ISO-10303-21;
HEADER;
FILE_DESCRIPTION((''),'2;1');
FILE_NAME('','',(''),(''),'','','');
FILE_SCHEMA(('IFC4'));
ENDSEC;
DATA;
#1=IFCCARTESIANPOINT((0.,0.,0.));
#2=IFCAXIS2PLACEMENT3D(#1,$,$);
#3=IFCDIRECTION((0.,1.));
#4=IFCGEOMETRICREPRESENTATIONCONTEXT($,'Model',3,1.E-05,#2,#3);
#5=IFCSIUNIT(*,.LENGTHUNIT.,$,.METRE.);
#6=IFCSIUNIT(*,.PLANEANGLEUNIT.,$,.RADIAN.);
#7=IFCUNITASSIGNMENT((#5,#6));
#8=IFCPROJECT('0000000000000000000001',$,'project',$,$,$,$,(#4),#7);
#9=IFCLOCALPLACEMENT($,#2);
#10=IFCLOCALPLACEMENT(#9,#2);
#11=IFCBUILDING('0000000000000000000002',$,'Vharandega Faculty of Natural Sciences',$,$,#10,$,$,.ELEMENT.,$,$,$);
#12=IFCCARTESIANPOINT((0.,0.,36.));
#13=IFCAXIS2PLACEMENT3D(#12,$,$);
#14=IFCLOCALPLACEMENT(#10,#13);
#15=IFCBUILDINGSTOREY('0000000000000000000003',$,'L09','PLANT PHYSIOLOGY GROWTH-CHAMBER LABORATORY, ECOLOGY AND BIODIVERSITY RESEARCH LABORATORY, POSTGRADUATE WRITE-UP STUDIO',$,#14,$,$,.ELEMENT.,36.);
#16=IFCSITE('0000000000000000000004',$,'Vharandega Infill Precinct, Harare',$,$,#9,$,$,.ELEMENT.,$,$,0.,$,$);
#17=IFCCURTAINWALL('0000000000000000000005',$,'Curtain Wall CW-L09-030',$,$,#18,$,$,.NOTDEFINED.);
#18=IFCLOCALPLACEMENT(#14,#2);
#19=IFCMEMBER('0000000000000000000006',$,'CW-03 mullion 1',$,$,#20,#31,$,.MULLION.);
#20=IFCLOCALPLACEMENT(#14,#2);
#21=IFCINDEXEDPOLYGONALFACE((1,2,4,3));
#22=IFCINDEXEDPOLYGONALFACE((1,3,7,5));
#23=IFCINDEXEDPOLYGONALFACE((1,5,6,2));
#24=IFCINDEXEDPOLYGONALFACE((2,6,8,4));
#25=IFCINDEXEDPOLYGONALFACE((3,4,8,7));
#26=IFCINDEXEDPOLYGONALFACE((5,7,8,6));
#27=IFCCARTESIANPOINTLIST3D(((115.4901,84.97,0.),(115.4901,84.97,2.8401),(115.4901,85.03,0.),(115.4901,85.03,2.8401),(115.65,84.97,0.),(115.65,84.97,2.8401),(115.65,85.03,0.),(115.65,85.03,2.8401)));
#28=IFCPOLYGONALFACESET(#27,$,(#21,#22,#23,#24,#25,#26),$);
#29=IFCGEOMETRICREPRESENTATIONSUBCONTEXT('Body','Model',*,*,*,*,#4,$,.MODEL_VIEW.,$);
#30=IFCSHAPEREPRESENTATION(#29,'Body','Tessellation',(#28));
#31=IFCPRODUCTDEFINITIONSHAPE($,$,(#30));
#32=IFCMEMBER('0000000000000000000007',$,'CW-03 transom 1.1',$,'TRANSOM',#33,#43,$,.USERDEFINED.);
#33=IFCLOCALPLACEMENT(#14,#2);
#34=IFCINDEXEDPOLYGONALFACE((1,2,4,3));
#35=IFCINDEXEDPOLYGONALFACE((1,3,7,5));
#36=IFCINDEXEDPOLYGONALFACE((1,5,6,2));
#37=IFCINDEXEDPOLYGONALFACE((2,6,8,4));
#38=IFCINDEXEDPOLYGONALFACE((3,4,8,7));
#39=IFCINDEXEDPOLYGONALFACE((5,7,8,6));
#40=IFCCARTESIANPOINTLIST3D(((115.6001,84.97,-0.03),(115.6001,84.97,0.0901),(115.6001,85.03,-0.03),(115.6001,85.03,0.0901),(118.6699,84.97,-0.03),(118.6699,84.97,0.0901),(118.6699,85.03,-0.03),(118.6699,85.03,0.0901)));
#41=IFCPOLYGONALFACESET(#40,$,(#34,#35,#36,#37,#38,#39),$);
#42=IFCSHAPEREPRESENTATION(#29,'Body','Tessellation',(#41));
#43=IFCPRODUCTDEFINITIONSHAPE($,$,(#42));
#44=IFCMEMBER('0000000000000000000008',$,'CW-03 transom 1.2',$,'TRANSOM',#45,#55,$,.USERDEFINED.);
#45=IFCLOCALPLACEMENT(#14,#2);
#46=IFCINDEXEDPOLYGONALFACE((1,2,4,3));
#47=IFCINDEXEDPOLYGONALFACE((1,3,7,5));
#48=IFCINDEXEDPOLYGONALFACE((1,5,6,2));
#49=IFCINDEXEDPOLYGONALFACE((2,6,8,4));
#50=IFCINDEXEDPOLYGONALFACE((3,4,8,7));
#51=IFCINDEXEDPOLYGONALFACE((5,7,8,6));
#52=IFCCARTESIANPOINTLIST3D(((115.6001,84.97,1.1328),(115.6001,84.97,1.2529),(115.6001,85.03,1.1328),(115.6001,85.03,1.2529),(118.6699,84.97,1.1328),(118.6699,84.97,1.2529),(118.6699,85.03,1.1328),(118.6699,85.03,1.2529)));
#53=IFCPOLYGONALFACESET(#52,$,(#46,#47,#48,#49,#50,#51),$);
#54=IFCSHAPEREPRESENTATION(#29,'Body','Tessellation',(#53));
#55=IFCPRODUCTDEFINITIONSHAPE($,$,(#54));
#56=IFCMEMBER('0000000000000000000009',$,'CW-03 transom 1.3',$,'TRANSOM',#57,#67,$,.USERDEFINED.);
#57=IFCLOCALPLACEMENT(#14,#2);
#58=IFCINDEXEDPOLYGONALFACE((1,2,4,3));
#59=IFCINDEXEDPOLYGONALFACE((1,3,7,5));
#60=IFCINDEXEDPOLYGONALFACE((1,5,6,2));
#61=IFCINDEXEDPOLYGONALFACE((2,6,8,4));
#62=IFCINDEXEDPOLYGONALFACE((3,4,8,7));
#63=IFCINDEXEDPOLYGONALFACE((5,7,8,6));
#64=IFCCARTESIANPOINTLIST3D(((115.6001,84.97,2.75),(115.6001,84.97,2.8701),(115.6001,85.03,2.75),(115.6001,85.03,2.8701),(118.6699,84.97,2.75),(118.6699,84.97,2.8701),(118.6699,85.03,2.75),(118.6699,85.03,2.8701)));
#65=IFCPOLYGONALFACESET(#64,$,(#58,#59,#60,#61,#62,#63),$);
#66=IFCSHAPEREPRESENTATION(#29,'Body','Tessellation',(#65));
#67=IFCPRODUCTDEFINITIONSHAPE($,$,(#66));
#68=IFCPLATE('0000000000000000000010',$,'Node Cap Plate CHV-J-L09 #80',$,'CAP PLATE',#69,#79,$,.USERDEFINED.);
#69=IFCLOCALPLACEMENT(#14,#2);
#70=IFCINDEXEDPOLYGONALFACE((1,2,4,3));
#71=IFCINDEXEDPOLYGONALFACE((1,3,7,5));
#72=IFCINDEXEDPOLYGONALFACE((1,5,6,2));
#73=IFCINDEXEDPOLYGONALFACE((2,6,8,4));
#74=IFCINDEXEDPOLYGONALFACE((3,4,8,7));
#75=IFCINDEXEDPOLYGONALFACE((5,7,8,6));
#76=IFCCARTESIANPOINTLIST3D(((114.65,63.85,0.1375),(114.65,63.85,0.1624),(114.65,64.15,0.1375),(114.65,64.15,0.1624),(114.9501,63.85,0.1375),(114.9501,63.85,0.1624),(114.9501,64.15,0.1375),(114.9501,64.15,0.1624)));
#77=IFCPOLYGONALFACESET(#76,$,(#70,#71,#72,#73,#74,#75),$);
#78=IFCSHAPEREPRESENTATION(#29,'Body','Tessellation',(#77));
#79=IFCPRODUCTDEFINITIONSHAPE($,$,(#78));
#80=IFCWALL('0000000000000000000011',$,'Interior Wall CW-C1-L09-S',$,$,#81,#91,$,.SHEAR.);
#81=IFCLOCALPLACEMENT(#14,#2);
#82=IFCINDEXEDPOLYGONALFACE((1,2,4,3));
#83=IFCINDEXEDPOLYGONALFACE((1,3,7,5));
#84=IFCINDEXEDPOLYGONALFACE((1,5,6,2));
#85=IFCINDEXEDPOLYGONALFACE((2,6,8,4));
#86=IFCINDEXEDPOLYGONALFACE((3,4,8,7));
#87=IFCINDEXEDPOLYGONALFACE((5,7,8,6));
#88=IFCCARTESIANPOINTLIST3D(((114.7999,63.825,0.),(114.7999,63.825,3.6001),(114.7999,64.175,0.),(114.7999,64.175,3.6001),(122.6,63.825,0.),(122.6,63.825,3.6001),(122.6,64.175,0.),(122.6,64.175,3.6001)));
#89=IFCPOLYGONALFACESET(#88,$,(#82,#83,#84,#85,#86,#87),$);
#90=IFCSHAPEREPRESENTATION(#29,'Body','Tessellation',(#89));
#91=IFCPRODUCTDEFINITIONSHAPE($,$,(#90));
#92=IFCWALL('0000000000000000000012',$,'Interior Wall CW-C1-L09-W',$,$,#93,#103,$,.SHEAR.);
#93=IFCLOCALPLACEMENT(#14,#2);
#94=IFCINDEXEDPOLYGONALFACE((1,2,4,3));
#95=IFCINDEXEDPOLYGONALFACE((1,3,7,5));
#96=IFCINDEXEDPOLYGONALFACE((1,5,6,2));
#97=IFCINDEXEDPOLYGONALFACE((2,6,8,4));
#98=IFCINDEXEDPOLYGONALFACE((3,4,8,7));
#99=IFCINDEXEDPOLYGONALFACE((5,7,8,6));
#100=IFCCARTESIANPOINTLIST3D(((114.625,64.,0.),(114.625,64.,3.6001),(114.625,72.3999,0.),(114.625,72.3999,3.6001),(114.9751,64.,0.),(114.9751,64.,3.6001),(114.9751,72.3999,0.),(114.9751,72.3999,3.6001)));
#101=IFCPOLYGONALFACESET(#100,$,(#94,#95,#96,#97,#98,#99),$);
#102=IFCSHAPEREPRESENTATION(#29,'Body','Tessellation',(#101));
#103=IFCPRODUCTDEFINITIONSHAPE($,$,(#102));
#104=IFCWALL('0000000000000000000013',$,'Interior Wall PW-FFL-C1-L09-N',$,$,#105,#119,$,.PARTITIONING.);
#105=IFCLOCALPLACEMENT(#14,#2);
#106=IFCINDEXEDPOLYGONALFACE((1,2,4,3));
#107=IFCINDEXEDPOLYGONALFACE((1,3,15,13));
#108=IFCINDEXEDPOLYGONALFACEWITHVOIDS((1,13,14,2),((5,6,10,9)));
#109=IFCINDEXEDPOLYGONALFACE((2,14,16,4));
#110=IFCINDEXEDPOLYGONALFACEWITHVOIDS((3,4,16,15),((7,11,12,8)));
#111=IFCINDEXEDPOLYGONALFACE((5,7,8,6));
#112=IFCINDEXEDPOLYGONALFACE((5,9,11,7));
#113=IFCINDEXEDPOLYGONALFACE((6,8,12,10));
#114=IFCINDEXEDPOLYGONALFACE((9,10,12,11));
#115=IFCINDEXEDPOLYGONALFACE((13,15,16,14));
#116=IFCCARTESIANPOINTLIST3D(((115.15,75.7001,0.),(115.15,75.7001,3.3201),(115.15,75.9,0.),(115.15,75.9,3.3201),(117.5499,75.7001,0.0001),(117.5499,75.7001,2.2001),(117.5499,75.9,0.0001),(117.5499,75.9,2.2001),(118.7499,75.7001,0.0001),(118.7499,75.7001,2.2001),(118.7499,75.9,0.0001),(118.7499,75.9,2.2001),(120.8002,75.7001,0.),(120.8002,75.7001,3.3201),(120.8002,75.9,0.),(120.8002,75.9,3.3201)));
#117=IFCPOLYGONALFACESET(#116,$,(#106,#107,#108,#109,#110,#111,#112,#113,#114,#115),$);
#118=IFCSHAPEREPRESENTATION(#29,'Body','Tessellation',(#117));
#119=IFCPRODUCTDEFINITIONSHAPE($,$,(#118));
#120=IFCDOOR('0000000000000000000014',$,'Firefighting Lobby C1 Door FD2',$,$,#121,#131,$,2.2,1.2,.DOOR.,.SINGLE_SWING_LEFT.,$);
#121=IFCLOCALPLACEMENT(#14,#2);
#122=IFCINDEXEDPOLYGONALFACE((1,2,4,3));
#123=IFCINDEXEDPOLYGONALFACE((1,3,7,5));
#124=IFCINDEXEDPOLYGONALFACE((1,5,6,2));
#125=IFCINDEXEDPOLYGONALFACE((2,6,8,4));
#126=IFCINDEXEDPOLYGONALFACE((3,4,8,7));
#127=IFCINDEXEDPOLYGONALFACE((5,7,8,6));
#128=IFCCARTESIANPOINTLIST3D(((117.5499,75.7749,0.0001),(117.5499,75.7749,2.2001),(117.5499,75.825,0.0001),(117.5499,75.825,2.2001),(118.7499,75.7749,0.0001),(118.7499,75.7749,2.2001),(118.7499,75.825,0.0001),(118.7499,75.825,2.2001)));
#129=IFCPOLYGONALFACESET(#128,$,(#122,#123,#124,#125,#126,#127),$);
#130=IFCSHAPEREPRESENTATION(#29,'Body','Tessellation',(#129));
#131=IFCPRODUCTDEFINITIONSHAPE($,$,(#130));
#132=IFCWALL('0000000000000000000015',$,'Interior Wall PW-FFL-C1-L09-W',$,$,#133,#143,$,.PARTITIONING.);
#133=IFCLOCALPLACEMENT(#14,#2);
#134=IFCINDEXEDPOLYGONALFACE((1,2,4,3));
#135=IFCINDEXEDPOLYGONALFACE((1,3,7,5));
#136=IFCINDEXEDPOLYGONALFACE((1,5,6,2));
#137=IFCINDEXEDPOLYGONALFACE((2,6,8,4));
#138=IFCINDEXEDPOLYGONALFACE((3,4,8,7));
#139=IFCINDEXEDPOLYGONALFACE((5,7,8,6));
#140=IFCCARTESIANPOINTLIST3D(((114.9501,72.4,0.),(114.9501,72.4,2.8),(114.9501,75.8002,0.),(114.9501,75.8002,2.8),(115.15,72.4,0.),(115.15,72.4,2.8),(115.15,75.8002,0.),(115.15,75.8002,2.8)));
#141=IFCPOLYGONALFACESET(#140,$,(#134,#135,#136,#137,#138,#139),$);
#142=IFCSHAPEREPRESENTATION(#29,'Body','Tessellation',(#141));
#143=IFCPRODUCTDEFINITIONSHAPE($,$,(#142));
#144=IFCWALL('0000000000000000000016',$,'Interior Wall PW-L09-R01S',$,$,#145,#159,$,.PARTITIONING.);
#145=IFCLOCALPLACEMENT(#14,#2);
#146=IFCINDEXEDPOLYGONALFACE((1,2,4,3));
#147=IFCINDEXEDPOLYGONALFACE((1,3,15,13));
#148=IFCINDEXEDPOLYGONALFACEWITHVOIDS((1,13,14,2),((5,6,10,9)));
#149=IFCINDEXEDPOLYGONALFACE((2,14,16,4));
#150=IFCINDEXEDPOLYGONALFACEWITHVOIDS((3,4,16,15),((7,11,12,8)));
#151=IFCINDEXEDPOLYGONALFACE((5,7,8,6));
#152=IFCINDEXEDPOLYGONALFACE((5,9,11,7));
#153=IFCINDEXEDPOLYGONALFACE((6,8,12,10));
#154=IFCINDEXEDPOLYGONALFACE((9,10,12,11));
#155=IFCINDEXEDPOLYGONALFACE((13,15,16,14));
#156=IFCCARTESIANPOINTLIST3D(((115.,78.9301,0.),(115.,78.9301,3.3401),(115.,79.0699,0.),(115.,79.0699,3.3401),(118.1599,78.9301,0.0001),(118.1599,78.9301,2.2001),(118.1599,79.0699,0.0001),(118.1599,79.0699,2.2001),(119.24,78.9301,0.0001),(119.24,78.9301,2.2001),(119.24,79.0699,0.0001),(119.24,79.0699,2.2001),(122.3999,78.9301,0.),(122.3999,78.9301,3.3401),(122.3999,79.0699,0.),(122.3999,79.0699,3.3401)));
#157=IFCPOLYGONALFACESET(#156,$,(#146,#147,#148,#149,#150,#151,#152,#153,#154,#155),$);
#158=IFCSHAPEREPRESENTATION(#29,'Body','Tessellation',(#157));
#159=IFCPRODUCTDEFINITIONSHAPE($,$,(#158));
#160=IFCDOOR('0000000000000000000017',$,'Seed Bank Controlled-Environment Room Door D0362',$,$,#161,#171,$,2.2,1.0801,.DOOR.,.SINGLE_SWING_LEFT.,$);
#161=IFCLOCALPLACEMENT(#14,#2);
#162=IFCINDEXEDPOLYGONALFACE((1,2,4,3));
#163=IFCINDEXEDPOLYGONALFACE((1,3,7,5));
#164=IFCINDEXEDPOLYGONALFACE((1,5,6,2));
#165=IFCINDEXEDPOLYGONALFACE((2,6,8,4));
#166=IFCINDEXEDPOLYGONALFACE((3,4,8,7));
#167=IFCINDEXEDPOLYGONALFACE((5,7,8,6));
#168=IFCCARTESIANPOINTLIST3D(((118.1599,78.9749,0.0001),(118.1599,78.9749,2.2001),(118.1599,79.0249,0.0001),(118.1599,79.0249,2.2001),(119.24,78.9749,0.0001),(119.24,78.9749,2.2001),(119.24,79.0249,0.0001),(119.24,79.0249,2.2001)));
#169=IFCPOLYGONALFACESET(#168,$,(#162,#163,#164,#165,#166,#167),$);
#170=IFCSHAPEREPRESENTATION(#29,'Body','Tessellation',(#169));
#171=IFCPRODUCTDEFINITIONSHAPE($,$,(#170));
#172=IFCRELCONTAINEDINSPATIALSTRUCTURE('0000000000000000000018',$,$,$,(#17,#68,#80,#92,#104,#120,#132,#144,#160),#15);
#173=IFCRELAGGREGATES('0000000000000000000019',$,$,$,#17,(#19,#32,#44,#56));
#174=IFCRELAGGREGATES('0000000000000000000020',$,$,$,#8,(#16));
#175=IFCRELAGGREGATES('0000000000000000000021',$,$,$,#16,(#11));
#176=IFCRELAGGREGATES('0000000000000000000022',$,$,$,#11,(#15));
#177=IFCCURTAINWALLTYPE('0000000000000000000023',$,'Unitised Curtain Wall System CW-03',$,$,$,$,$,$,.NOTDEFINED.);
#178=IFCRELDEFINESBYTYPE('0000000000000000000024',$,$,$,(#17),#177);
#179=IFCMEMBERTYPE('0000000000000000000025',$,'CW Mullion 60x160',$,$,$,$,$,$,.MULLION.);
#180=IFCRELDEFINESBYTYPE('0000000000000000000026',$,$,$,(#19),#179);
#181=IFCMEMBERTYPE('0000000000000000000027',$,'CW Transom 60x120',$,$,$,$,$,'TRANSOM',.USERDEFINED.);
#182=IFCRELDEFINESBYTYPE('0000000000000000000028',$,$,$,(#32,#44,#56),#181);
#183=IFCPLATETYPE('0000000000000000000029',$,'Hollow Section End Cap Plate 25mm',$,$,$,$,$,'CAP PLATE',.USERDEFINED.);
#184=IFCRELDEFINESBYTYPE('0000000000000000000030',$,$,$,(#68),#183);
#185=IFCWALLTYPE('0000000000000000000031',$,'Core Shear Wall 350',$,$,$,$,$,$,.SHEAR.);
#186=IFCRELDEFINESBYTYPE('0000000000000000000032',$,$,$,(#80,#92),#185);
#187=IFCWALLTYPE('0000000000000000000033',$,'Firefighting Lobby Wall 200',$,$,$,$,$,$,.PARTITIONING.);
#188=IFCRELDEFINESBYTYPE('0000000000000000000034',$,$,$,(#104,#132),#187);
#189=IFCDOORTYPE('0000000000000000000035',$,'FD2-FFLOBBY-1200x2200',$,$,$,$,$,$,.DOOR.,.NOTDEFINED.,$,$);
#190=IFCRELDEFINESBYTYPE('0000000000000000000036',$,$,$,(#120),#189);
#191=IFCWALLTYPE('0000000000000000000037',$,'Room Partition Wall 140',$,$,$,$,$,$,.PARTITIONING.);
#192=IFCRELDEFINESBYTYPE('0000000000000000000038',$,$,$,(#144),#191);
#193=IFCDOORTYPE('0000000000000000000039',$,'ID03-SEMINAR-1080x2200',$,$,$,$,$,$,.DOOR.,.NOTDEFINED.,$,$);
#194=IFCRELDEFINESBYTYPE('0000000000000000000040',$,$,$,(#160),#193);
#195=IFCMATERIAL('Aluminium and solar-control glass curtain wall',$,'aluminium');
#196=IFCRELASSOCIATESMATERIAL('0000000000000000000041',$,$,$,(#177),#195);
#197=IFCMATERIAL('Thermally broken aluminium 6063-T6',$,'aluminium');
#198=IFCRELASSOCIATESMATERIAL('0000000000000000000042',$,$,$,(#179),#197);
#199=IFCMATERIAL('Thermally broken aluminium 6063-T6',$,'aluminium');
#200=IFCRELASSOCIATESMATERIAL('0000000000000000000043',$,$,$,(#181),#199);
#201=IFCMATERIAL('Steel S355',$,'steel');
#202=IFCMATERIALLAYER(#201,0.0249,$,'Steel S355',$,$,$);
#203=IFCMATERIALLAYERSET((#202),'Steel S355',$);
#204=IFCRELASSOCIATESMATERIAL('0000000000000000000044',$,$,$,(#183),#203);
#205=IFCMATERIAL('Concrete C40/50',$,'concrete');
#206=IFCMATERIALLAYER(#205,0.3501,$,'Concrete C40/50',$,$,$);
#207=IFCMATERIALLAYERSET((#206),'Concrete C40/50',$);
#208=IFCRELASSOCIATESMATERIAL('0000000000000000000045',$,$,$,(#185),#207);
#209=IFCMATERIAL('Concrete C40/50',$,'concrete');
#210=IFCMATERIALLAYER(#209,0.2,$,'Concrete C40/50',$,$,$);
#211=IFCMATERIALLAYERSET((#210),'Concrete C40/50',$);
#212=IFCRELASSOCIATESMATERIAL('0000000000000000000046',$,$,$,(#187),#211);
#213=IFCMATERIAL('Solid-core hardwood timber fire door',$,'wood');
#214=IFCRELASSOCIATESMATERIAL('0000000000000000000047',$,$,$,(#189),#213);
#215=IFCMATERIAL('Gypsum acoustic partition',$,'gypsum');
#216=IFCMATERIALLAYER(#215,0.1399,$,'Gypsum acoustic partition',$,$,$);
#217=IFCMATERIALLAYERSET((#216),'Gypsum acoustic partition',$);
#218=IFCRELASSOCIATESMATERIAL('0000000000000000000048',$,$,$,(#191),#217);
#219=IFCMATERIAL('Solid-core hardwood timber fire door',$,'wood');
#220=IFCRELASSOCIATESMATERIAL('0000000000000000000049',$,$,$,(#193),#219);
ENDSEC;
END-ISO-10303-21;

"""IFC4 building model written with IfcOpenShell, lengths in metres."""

from ifc_helpers import new_model, si_unit, direction, frame, frame_2d, origin, origin_2d, place, context, subcontext, project, spatial, rectangle, extrude, material, layer, layer_set, material_profile, profile_set, type_object, element, fill, aggregate, save


model = new_model("IFC4")

# Units and contexts
model_context = context("Model", 3, precision=1e-05, world=origin(), true_north=direction((0.0, 1.0)))
body_context = subcontext(model_context, "Body", "Model", "MODEL_VIEW")
ifc_project = project(units=[si_unit("LENGTHUNIT", "METRE"), si_unit("PLANEANGLEUNIT", "RADIAN")], contexts=[model_context])

# Site, building, storey
site_placement = place(None, origin())
site = spatial("IfcSite", under=ifc_project, at=site_placement, Name="Vharandega Infill Precinct, Harare", CompositionType="ELEMENT", RefElevation=0.0)
building_placement = place(site_placement, origin())
building = spatial("IfcBuilding", under=site, at=building_placement, Name="Vharandega Faculty of Natural Sciences", CompositionType="ELEMENT")
storey_placement = place(building_placement, frame((0.0, 0.0, 36.0)))
storey = spatial("IfcBuildingStorey", under=building, at=storey_placement, Name="L09", Description="PLANT PHYSIOLOGY GROWTH-CHAMBER LABORATORY, ECOLOGY AND BIODIVERSITY RESEARCH LABORATORY, POSTGRADUATE WRITE-UP STUDIO", CompositionType="ELEMENT", Elevation=36.0)

# Curtain wall, members
ifc_material_1 = material(Name="Aluminium and solar-control glass curtain wall", Category="aluminium")
curtain_wall_type = type_object("IfcCurtainWallType", Name="Unitised Curtain Wall System CW-03", PredefinedType="NOTDEFINED", material=ifc_material_1)
curtain_wall_placement = place(storey_placement, origin())
curtain_wall = element("IfcCurtainWall", 1, at=curtain_wall_placement, inside=storey, type_object=curtain_wall_type, Name="Curtain Wall CW-L09-030", PredefinedType="NOTDEFINED")
ifc_material_2 = material(Name="Thermally broken aluminium 6063-T6", Category="aluminium")
ifc_material_profile_1 = material_profile(ifc_material_2, rectangle(XDim=0.0601, YDim=0.1599, at=origin_2d()), Name="ALU 60x160")
ifc_profile_set_1 = profile_set([ifc_material_profile_1], Name="Thermally broken aluminium 6063-T6")
member_type_1 = type_object("IfcMemberType", Name="CW Mullion 60x160", PredefinedType="MULLION", material=ifc_profile_set_1)
member_1_placement = place(storey_placement, frame((115.5701, 85.0, 0.0), z_axis=(0.0, 0.0, 1.0), x_axis=(0.0, 1.0, 0.0)))
member_1 = element("IfcMember", 2, at=member_1_placement, type_object=member_type_1, Name="CW-03 mullion 1", PredefinedType="MULLION", context=body_context, shape_type="SweptSolid", body=[
    extrude(rectangle(XDim=0.0601, YDim=0.1599, at=origin_2d()), origin(), (0.0, 0.0, 1.0), 2.8401),
])
ifc_material_3 = material(Name="Thermally broken aluminium 6063-T6", Category="aluminium")
ifc_material_profile_2 = material_profile(ifc_material_3, rectangle(XDim=0.0601, YDim=0.1201, at=origin_2d()), Name="ALU 60x120")
ifc_profile_set_2 = profile_set([ifc_material_profile_2], Name="Thermally broken aluminium 6063-T6")
member_type_2 = type_object("IfcMemberType", Name="CW Transom 60x120", ElementType="TRANSOM", PredefinedType="USERDEFINED", material=ifc_profile_set_2)
member_2_placement = place(storey_placement, frame((115.6001, 85.0, 0.03), z_axis=(1.0, 0.0, 0.0), x_axis=(0.0, 1.0, 0.0)))
member_2 = element("IfcMember", 3, at=member_2_placement, type_object=member_type_2, Name="CW-03 transom 1.1", ObjectType="TRANSOM", PredefinedType="USERDEFINED", context=body_context, shape_type="SweptSolid", body=[
    extrude(rectangle(XDim=0.0601, YDim=0.1201, at=origin_2d()), origin(), (0.0, 0.0, 1.0), 3.0698),
])
member_3_placement = place(storey_placement, frame((115.6001, 85.0, 1.1929), z_axis=(1.0, 0.0, 0.0), x_axis=(0.0, 1.0, 0.0)))
member_3 = element("IfcMember", 4, at=member_3_placement, type_object=member_type_2, Name="CW-03 transom 1.2", ObjectType="TRANSOM", PredefinedType="USERDEFINED", context=body_context, shape_type="SweptSolid", body=[
    extrude(rectangle(XDim=0.0601, YDim=0.1201, at=origin_2d()), origin(), (0.0, 0.0, 1.0), 3.0698),
])
member_4_placement = place(storey_placement, frame((115.6001, 85.0, 2.8101), z_axis=(1.0, 0.0, 0.0), x_axis=(0.0, 1.0, 0.0)))
member_4 = element("IfcMember", 5, at=member_4_placement, type_object=member_type_2, Name="CW-03 transom 1.3", ObjectType="TRANSOM", PredefinedType="USERDEFINED", context=body_context, shape_type="SweptSolid", body=[
    extrude(rectangle(XDim=0.0601, YDim=0.1201, at=origin_2d()), origin(), (0.0, 0.0, 1.0), 3.0698),
])
aggregate(curtain_wall, [member_1, member_2, member_3, member_4])

# Plate
ifc_material_4 = material(Name="Steel S355", Category="steel")
ifc_layer_1 = layer(ifc_material_4, 0.0249, Name="Steel S355")
ifc_layer_set_1 = layer_set([ifc_layer_1], Name="Steel S355")
plate_type = type_object("IfcPlateType", Name="Hollow Section End Cap Plate 25mm", ElementType="CAP PLATE", PredefinedType="USERDEFINED", material=ifc_layer_set_1)
plate_placement = place(storey_placement, frame((114.8, 64.0, 0.1375), z_axis=(0.0, 0.0, 1.0), x_axis=(1.0, 0.0, 0.0)))
element("IfcPlate", 6, at=plate_placement, inside=storey, type_object=plate_type, Name="Node Cap Plate CHV-J-L09 #80", ObjectType="CAP PLATE", PredefinedType="USERDEFINED", context=body_context, shape_type="SweptSolid", body=[
    extrude(rectangle(XDim=0.3, YDim=0.3, at=origin_2d()), origin(), (0.0, 0.0, 1.0), 0.0249),
])

# Walls
ifc_material_5 = material(Name="Concrete C40/50", Category="concrete")
ifc_layer_2 = layer(ifc_material_5, 0.3501, Name="Concrete C40/50")
ifc_layer_set_2 = layer_set([ifc_layer_2], Name="Concrete C40/50")
wall_type_1 = type_object("IfcWallType", Name="Core Shear Wall 350", PredefinedType="SHEAR", material=ifc_layer_set_2)
wall_1_placement = place(storey_placement, frame((114.8, 64.0, 0.0), z_axis=(0.0, 0.0, 1.0), x_axis=(1.0, 0.0, 0.0)))
element("IfcWall", 7, at=wall_1_placement, inside=storey, type_object=wall_type_1, Name="Interior Wall CW-C1-L09-S", PredefinedType="SHEAR", context=body_context, shape_type="SweptSolid", body=[
    extrude(rectangle(XDim=7.8, YDim=0.3501, at=frame_2d((3.8999, 0.0))), origin(), (0.0, 0.0, 1.0), 3.6001),
])
wall_2_placement = place(storey_placement, frame((114.8, 64.0, 0.0), z_axis=(0.0, 0.0, 1.0), x_axis=(0.0, 1.0, 0.0)))
element("IfcWall", 8, at=wall_2_placement, inside=storey, type_object=wall_type_1, Name="Interior Wall CW-C1-L09-W", PredefinedType="SHEAR", context=body_context, shape_type="SweptSolid", body=[
    extrude(rectangle(XDim=8.3999, YDim=0.3501, at=frame_2d((4.2, 0.0))), origin(), (0.0, 0.0, 1.0), 3.6001),
])

# Wall, opening, door
ifc_material_6 = material(Name="Concrete C40/50", Category="concrete")
ifc_layer_3 = layer(ifc_material_6, 0.2, Name="Concrete C40/50")
ifc_layer_set_3 = layer_set([ifc_layer_3], Name="Concrete C40/50")
wall_type_2 = type_object("IfcWallType", Name="Firefighting Lobby Wall 200", PredefinedType="PARTITIONING", material=ifc_layer_set_3)
wall_3_placement = place(storey_placement, frame((115.1499, 75.8, 0.0), z_axis=(0.0, 0.0, 1.0), x_axis=(1.0, 0.0, 0.0)))
wall_3 = element("IfcWall", 9, at=wall_3_placement, inside=storey, type_object=wall_type_2, Name="Interior Wall PW-FFL-C1-L09-N", PredefinedType="PARTITIONING", context=body_context, shape_type="SweptSolid", body=[
    extrude(rectangle(XDim=5.6501, YDim=0.2, at=frame_2d((2.8252, 0.0))), origin(), (0.0, 0.0, 1.0), 3.3201),
])
opening_1_placement = place(wall_3_placement, frame((2.3999, 0.0, 0.0)))
opening_1 = element("IfcOpeningElement", 10, at=opening_1_placement, cuts=wall_3, PredefinedType="OPENING", context=body_context, shape_type="SweptSolid", body=[
    extrude(rectangle(XDim=1.2, YDim=2.2, at=frame_2d((0.6001, 1.1001))), frame((0.0, 0.1099, 0.0), z_axis=(0.0, -1.0, 0.0), x_axis=(1.0, 0.0, 0.0)), (0.0, 0.0, 1.0), 0.22),
])
ifc_material_7 = material(Name="Solid-core hardwood timber fire door", Category="wood")
door_type_1 = type_object("IfcDoorType", Name="FD2-FFLOBBY-1200x2200", OperationType="NOTDEFINED", PredefinedType="DOOR", material=ifc_material_7)
door_1_placement = place(opening_1_placement, origin())
door_1 = element("IfcDoor", 11, at=door_1_placement, inside=storey, type_object=door_type_1, Name="Firefighting Lobby C1 Door FD2", OperationType="SINGLE_SWING_LEFT", OverallHeight=2.2, OverallWidth=1.2, PredefinedType="DOOR", context=body_context, shape_type="SweptSolid", body=[
    extrude(rectangle(XDim=1.2, YDim=2.2, at=frame_2d((0.6001, 1.1001))), frame((0.0, 0.0249, 0.0), z_axis=(0.0, -1.0, 0.0), x_axis=(1.0, 0.0, 0.0)), (0.0, 0.0, 1.0), 0.05),
])
fill(opening_1, door_1)

# Wall
wall_4_placement = place(storey_placement, frame((115.05, 72.3999, 0.0), z_axis=(0.0, 0.0, 1.0), x_axis=(0.0, 1.0, 0.0)))
element("IfcWall", 12, at=wall_4_placement, inside=storey, type_object=wall_type_2, Name="Interior Wall PW-FFL-C1-L09-W", PredefinedType="PARTITIONING", context=body_context, shape_type="SweptSolid", body=[
    extrude(rectangle(XDim=3.4001, YDim=0.2, at=frame_2d((1.7002, 0.0))), origin(), (0.0, 0.0, 1.0), 2.8),
])

# Wall, opening, door
ifc_material_8 = material(Name="Gypsum acoustic partition", Category="gypsum")
ifc_layer_4 = layer(ifc_material_8, 0.1399, Name="Gypsum acoustic partition")
ifc_layer_set_4 = layer_set([ifc_layer_4], Name="Gypsum acoustic partition")
wall_type_3 = type_object("IfcWallType", Name="Room Partition Wall 140", PredefinedType="PARTITIONING", material=ifc_layer_set_4)
wall_5_placement = place(storey_placement, frame((115.0, 79.0, 0.0), z_axis=(0.0, 0.0, 1.0), x_axis=(1.0, 0.0, 0.0)))
wall_5 = element("IfcWall", 13, at=wall_5_placement, inside=storey, type_object=wall_type_3, Name="Interior Wall PW-L09-R01S", PredefinedType="PARTITIONING", context=body_context, shape_type="SweptSolid", body=[
    extrude(rectangle(XDim=7.3999, YDim=0.1399, at=frame_2d((3.7, 0.0))), origin(), (0.0, 0.0, 1.0), 3.3401),
])
opening_2_placement = place(wall_5_placement, frame((3.1599, 0.0, 0.0)))
opening_2 = element("IfcOpeningElement", 14, at=opening_2_placement, cuts=wall_5, PredefinedType="OPENING", context=body_context, shape_type="SweptSolid", body=[
    extrude(rectangle(XDim=1.0801, YDim=2.2, at=frame_2d((0.54, 1.1001))), frame((0.0, 0.0801, 0.0), z_axis=(0.0, -1.0, 0.0), x_axis=(1.0, 0.0, 0.0)), (0.0, 0.0, 1.0), 0.1599),
])
ifc_material_9 = material(Name="Solid-core hardwood timber fire door", Category="wood")
door_type_2 = type_object("IfcDoorType", Name="ID03-SEMINAR-1080x2200", OperationType="NOTDEFINED", PredefinedType="DOOR", material=ifc_material_9)
door_2_placement = place(opening_2_placement, origin())
door_2 = element("IfcDoor", 15, at=door_2_placement, inside=storey, type_object=door_type_2, Name="Seed Bank Controlled-Environment Room Door D0362", OperationType="SINGLE_SWING_LEFT", OverallHeight=2.2, OverallWidth=1.0801, PredefinedType="DOOR", context=body_context, shape_type="SweptSolid", body=[
    extrude(rectangle(XDim=1.0801, YDim=2.2, at=frame_2d((0.54, 1.1001))), frame((0.0, 0.0249, 0.0), z_axis=(0.0, -1.0, 0.0), x_axis=(1.0, 0.0, 0.0)), (0.0, 0.0, 1.0), 0.05),
])
fill(opening_2, door_2)

save(model, "model.ifc")
